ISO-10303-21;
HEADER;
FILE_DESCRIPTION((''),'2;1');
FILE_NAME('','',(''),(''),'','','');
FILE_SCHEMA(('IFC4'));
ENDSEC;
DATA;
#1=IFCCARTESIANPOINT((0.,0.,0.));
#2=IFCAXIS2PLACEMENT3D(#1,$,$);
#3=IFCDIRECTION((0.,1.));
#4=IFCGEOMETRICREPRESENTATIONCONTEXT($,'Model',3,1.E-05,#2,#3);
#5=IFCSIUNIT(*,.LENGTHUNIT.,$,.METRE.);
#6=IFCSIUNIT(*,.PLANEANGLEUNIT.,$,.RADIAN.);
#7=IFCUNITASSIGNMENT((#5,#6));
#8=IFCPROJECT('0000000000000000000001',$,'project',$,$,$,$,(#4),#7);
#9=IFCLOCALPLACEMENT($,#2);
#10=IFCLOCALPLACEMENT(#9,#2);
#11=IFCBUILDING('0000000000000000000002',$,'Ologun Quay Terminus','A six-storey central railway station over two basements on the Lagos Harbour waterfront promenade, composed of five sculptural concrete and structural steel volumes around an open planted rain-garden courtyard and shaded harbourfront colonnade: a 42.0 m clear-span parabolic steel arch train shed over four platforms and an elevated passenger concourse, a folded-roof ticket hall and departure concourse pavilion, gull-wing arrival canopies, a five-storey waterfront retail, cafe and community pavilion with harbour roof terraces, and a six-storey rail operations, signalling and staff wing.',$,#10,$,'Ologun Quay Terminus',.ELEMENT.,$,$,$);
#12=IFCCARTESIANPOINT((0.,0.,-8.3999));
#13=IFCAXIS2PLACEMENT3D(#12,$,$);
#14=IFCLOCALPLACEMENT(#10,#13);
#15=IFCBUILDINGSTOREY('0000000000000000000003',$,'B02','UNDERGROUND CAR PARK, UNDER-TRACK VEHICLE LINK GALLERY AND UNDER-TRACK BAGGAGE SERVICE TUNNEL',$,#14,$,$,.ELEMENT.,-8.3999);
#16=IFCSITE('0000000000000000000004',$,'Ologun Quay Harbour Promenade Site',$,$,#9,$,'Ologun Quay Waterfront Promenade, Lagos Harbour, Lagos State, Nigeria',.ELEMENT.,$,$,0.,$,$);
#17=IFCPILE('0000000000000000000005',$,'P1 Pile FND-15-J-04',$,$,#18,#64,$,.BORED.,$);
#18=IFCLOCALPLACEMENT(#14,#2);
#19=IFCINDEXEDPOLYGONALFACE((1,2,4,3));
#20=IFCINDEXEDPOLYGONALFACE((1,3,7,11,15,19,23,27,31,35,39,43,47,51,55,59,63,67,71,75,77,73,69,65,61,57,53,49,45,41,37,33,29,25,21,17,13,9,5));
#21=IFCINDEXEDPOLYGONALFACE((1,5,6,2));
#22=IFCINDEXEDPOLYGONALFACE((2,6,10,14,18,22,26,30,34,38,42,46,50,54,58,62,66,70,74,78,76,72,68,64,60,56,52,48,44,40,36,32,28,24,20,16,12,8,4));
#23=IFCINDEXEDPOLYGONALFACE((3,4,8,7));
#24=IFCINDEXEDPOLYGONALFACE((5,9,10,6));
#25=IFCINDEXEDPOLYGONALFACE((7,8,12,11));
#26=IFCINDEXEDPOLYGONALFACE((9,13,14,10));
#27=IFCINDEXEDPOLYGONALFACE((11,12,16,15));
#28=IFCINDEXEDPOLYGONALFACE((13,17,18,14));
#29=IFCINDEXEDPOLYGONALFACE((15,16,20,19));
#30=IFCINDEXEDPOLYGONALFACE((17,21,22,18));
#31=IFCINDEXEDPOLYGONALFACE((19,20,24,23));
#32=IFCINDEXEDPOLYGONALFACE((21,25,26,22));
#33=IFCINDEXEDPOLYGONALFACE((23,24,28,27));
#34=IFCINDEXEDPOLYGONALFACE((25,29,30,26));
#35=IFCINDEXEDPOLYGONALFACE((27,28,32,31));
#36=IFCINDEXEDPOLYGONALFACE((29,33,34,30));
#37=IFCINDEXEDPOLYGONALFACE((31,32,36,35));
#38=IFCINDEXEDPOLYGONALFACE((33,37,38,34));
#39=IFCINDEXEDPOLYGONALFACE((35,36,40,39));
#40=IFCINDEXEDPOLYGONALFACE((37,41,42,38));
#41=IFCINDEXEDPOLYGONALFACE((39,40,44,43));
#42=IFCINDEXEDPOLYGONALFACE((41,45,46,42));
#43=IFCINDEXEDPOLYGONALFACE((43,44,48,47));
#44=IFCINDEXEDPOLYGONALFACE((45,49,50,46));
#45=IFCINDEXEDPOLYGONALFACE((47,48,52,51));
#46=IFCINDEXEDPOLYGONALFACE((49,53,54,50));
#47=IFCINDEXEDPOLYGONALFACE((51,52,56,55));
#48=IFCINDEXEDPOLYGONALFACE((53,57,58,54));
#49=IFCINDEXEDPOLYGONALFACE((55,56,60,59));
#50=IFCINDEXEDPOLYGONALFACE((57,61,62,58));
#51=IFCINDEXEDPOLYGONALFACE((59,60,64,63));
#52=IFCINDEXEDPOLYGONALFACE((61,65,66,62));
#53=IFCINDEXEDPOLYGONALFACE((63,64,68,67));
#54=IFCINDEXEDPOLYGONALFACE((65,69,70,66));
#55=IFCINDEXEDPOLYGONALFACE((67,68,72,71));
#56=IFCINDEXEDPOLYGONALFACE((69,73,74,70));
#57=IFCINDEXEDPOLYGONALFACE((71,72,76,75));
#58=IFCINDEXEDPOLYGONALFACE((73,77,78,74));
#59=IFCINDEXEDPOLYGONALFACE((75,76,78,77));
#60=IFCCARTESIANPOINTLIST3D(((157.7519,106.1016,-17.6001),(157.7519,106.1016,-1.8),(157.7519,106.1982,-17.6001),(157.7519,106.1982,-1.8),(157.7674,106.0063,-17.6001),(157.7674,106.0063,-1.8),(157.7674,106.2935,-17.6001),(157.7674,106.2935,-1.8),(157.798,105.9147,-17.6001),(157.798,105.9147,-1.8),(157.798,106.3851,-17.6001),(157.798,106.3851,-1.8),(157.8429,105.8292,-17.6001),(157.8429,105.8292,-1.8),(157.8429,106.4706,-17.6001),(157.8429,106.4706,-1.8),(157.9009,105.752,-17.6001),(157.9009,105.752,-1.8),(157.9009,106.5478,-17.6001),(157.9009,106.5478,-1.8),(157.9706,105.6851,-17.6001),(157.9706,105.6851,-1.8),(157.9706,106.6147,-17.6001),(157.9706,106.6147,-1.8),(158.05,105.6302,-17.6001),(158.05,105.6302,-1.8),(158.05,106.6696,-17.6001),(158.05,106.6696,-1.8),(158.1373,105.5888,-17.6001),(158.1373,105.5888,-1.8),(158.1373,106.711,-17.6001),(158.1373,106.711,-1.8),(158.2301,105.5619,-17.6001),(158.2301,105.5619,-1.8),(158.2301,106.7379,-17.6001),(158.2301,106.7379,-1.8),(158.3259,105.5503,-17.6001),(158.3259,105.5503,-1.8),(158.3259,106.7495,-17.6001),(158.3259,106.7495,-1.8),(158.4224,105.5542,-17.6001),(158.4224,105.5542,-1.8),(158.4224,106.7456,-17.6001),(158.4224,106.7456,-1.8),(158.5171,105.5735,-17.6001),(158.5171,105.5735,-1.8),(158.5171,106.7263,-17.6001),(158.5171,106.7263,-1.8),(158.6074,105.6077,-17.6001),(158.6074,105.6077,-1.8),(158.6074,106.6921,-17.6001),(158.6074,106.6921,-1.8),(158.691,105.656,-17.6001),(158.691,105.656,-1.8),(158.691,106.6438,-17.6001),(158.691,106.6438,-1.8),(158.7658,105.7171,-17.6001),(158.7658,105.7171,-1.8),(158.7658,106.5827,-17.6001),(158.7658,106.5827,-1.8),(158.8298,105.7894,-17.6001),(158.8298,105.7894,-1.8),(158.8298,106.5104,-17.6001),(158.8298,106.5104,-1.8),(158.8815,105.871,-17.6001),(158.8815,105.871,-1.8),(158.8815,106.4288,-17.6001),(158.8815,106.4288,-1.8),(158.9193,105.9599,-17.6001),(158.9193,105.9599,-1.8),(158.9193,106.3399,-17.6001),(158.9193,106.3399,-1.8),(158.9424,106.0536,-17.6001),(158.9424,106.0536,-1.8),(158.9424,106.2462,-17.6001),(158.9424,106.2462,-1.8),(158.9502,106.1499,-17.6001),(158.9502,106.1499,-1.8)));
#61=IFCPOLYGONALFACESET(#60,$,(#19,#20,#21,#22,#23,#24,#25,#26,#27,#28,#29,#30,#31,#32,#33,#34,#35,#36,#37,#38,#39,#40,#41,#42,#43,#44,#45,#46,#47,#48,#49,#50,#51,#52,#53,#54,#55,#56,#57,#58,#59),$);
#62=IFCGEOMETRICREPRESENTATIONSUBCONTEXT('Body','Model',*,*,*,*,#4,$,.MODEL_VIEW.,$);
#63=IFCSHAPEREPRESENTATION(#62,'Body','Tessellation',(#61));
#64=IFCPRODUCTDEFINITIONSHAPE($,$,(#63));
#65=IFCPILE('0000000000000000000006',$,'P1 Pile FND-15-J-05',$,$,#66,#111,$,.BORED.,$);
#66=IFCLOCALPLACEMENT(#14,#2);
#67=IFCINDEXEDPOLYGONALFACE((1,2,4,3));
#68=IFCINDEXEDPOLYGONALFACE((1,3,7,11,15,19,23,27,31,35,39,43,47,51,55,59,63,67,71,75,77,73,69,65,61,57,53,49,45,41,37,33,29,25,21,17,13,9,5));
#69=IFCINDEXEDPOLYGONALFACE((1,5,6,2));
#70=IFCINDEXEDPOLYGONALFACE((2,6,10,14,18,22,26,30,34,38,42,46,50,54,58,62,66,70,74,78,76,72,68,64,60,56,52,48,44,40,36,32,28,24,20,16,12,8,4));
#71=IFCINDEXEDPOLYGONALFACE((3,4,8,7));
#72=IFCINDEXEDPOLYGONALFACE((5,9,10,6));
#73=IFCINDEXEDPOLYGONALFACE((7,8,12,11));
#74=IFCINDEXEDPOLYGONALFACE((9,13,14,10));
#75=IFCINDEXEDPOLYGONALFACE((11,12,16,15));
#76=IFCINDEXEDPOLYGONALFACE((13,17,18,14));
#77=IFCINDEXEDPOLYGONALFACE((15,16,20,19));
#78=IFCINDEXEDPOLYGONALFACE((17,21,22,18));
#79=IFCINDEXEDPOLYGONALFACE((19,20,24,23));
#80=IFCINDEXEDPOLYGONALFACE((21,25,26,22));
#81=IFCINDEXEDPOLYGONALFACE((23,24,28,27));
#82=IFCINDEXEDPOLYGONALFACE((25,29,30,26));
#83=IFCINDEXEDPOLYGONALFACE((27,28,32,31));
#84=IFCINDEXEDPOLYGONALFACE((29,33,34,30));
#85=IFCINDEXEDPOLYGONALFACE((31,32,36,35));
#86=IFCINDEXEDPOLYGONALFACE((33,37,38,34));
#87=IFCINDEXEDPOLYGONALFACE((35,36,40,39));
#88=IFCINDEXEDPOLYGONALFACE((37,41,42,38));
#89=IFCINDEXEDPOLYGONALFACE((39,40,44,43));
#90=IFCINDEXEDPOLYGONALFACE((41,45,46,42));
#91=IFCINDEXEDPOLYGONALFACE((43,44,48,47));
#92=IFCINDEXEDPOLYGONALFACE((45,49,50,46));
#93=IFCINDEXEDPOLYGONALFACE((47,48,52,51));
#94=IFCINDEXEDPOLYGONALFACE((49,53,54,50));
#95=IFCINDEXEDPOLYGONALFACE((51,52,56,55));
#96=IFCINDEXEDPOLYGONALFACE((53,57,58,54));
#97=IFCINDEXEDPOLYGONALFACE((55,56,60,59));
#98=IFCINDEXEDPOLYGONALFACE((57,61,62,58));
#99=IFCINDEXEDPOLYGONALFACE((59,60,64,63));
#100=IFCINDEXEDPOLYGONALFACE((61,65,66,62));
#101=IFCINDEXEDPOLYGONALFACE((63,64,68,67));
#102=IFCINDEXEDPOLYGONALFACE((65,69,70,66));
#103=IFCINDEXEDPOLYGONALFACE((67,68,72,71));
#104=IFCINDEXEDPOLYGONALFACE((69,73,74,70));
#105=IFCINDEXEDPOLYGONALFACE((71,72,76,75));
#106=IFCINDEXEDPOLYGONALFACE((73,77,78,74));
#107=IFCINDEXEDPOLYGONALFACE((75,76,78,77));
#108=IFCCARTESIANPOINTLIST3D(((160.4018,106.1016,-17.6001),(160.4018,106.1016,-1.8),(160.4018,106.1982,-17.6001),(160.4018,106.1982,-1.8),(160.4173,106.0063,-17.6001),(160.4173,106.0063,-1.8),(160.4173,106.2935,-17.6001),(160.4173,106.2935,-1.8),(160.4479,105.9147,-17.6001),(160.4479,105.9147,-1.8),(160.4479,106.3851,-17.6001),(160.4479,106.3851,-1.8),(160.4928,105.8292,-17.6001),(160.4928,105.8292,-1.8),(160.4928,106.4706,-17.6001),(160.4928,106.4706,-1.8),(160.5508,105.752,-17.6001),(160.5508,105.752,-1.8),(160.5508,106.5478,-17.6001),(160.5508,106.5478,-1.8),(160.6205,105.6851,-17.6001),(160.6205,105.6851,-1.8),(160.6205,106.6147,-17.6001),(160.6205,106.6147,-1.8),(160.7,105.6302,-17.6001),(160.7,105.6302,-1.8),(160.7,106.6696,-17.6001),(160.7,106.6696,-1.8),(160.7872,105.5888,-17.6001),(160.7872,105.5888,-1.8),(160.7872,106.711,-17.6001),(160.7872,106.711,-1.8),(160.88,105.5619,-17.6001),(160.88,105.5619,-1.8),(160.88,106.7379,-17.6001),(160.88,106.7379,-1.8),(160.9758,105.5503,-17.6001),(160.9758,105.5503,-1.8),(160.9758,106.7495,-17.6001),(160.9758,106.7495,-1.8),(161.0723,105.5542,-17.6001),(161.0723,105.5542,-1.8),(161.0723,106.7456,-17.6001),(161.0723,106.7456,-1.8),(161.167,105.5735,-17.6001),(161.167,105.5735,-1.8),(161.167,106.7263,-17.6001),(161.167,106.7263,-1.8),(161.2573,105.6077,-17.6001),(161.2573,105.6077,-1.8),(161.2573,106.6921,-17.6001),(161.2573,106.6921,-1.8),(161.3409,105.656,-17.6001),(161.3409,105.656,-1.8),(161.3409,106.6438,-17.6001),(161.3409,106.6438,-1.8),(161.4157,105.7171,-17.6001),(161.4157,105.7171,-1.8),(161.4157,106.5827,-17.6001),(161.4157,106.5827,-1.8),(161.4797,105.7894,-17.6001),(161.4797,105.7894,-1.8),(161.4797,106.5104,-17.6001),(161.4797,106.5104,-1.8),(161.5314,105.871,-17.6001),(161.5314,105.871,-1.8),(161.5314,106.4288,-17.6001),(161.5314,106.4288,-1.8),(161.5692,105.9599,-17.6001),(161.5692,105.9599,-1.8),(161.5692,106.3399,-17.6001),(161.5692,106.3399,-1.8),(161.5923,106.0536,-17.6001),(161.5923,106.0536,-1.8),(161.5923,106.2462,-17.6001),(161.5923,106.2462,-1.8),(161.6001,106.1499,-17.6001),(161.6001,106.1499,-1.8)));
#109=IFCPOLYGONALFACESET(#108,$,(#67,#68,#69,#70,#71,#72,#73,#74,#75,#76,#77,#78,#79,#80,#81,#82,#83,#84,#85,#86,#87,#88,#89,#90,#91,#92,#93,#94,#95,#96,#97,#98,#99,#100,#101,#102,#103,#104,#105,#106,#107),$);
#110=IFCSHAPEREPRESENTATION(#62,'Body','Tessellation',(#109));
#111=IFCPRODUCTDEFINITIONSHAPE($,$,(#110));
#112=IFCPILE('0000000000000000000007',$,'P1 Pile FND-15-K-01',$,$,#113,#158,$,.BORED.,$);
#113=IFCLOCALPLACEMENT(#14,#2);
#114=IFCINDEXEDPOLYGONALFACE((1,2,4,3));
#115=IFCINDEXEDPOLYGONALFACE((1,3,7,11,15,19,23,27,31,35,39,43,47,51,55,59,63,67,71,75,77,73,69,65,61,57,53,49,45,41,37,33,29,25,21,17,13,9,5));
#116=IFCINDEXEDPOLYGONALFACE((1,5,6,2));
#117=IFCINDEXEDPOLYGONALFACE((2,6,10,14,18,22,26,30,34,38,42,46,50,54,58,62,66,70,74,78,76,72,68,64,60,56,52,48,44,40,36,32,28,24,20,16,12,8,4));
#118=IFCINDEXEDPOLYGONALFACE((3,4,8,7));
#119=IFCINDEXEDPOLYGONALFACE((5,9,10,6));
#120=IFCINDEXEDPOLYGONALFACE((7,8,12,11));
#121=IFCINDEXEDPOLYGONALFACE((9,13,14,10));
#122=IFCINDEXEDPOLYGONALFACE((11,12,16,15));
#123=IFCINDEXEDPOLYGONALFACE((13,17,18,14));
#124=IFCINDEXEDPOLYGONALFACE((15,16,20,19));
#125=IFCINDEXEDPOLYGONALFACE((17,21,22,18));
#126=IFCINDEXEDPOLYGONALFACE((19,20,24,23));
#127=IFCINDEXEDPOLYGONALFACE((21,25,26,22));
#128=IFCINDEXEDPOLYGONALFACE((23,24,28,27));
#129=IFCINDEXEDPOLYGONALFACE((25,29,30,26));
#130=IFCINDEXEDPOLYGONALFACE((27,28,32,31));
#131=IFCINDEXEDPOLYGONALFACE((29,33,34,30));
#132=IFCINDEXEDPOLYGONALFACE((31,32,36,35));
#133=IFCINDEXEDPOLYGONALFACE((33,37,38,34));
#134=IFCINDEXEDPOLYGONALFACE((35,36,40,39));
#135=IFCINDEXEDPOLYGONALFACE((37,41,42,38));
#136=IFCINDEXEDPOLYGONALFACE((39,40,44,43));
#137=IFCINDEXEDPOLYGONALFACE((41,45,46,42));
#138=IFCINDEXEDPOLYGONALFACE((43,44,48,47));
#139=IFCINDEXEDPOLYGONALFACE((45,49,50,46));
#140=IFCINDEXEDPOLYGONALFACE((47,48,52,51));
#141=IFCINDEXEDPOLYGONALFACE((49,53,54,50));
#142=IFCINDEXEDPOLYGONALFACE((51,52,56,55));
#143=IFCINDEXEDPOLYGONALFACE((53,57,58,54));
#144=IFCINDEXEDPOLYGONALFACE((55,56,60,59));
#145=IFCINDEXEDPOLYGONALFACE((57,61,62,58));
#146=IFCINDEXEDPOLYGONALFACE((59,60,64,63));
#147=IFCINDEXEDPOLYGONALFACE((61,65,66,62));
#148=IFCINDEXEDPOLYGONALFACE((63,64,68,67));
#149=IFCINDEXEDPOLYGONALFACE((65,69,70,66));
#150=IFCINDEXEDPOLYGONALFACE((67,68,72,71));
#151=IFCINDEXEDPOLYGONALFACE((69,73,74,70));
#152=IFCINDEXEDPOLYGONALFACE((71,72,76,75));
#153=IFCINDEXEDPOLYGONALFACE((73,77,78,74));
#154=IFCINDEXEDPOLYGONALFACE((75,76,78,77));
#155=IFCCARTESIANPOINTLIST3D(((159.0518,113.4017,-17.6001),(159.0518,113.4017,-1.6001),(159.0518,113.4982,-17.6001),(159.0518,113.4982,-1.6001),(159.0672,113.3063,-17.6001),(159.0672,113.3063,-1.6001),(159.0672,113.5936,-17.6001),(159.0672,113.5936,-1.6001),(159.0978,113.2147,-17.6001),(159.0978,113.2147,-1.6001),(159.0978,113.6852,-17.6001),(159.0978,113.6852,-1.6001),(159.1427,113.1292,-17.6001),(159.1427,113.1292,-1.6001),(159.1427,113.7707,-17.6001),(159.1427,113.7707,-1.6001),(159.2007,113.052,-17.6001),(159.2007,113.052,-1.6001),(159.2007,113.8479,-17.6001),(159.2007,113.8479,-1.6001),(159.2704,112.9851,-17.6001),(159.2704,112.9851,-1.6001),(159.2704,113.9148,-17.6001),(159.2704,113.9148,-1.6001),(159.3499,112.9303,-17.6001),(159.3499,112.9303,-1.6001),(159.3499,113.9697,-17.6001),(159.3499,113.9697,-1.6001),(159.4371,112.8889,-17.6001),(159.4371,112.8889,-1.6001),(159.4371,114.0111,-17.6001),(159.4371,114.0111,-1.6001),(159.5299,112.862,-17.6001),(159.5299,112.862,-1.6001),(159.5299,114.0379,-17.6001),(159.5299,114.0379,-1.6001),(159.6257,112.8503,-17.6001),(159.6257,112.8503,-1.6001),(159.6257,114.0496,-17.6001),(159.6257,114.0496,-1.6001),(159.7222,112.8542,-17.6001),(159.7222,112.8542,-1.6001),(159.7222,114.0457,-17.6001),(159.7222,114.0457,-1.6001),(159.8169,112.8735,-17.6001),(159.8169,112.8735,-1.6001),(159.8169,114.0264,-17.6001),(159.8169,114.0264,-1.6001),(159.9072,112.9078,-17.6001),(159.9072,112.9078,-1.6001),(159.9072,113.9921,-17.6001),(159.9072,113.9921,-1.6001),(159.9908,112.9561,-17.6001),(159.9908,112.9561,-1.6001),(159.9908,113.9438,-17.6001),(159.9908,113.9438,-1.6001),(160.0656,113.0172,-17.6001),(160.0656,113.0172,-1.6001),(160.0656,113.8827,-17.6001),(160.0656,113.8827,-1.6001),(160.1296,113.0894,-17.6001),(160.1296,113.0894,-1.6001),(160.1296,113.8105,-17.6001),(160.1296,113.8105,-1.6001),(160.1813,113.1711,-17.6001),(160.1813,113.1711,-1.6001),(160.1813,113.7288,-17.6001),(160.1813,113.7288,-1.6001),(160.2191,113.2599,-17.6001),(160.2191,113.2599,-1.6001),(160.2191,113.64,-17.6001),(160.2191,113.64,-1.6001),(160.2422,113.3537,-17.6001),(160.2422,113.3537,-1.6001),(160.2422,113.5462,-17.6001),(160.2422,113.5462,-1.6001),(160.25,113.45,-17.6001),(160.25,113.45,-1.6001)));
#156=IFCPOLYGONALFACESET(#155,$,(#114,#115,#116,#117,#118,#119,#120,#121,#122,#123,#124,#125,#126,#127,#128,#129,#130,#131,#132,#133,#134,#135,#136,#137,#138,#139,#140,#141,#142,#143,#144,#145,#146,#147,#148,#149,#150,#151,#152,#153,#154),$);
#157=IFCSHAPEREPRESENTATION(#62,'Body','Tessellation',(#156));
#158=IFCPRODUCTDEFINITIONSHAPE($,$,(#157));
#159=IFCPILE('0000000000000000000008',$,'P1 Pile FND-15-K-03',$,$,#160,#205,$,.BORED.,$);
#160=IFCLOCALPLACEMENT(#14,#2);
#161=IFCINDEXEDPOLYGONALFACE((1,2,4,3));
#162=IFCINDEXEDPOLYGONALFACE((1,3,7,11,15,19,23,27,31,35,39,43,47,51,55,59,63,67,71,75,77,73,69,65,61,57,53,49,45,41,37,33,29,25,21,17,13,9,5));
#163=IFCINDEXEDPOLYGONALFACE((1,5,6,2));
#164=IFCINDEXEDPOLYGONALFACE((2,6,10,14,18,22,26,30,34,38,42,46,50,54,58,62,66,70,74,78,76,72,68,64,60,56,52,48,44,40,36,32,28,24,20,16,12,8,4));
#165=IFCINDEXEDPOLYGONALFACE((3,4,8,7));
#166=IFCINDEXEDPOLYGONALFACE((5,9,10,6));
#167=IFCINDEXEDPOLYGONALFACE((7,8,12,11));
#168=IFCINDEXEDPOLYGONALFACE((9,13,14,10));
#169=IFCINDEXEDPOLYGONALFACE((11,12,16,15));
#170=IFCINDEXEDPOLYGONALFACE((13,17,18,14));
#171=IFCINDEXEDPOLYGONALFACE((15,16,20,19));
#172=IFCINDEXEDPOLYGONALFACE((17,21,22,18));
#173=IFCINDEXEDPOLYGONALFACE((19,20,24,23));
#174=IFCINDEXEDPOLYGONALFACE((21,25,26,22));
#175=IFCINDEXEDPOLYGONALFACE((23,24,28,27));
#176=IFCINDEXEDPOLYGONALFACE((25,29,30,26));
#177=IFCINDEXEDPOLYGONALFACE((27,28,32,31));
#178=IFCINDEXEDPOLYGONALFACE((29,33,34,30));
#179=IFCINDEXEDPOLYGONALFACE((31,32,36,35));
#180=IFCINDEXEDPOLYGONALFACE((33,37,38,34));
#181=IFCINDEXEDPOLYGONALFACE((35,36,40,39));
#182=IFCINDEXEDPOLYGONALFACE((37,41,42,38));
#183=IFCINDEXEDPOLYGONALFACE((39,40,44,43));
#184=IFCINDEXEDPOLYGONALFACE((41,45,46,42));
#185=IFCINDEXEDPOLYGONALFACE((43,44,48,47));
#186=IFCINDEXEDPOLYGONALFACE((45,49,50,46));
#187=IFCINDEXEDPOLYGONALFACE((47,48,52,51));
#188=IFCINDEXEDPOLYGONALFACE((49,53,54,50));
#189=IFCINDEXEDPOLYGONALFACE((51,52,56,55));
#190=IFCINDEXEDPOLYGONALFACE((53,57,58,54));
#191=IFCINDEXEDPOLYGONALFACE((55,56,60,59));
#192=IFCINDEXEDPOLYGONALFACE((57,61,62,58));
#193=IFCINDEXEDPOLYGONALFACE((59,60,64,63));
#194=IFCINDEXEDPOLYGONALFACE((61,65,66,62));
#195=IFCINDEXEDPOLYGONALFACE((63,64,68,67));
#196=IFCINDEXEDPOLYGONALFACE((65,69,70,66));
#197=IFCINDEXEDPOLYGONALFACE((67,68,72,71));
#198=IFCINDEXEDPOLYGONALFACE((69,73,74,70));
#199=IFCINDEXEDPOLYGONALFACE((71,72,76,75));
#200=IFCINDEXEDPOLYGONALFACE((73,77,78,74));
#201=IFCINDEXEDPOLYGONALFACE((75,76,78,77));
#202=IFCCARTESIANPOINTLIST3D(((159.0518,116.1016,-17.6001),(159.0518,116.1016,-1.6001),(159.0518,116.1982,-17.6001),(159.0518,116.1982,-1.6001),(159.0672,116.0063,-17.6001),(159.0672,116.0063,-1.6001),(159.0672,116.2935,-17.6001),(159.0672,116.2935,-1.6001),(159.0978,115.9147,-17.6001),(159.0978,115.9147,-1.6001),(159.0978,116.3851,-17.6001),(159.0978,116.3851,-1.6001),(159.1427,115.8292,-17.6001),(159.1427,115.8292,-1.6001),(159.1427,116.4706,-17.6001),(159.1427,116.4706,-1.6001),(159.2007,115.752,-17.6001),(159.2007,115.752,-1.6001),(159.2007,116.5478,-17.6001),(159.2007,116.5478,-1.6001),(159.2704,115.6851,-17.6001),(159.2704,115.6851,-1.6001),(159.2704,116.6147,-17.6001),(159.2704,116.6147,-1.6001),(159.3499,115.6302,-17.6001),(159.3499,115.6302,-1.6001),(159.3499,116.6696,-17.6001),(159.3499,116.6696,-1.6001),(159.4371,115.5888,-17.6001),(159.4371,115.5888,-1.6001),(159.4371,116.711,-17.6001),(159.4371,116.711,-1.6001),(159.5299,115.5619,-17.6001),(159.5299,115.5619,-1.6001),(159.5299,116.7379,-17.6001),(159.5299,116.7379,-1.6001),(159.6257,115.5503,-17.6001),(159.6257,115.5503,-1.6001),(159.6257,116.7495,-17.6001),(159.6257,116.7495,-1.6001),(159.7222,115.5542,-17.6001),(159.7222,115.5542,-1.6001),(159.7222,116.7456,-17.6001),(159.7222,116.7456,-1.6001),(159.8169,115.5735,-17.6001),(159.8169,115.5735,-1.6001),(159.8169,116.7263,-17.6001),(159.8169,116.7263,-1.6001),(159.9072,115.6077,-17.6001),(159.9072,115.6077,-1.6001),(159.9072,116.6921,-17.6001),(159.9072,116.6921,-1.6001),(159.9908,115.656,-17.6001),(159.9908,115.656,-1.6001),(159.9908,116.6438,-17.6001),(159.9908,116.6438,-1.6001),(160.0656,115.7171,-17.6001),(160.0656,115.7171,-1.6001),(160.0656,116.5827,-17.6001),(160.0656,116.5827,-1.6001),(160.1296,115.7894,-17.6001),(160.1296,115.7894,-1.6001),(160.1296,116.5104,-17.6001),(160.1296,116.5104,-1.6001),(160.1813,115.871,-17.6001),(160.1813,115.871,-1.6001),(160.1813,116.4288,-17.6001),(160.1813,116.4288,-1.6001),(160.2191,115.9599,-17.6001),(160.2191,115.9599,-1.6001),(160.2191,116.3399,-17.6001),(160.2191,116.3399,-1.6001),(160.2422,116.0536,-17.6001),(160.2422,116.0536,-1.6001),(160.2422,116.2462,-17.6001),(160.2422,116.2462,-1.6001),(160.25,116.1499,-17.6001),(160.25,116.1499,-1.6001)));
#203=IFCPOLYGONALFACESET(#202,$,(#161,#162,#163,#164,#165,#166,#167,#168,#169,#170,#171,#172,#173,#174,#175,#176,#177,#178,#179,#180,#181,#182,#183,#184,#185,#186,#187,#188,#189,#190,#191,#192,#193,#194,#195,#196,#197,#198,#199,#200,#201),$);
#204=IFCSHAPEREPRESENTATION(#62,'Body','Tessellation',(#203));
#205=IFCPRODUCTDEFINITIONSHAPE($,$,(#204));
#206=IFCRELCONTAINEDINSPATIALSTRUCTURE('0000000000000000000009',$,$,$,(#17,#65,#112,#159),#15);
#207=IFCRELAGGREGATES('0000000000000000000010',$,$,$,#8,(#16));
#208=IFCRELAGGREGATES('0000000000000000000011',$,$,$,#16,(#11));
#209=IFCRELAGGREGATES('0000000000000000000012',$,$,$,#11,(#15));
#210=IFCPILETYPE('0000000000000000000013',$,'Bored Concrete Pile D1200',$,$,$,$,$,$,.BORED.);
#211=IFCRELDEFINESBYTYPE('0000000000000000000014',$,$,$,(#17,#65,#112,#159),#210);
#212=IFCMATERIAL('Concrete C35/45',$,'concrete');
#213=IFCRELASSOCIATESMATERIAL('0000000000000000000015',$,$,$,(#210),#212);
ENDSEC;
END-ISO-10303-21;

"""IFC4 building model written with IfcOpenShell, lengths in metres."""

from ifc_helpers import new_model, si_unit, direction, frame, origin, origin_2d, place, context, subcontext, project, spatial, circle, extrude, material, material_profile, profile_set, type_object, element, save


model = new_model("IFC4")

# Units and contexts
model_context = context("Model", 3, precision=1e-05, world=origin(), true_north=direction((0.0, 1.0)))
body_context = subcontext(model_context, "Body", "Model", "MODEL_VIEW")
ifc_project = project(units=[si_unit("LENGTHUNIT", "METRE"), si_unit("PLANEANGLEUNIT", "RADIAN")], contexts=[model_context])

# Site, building, storey
site_placement = place(None, origin())
site = spatial("IfcSite", under=ifc_project, at=site_placement, Name="Ologun Quay Harbour Promenade Site", LongName="Ologun Quay Waterfront Promenade, Lagos Harbour, Lagos State, Nigeria", CompositionType="ELEMENT", RefElevation=0.0)
building_placement = place(site_placement, origin())
building = spatial("IfcBuilding", under=site, at=building_placement, Name="Ologun Quay Terminus", Description="A six-storey central railway station over two basements on the Lagos Harbour waterfront promenade, composed of five sculptural concrete and structural steel volumes around an open planted rain-garden courtyard and shaded harbourfront colonnade: a 42.0 m clear-span parabolic steel arch train shed over four platforms and an elevated passenger concourse, a folded-roof ticket hall and departure concourse pavilion, gull-wing arrival canopies, a five-storey waterfront retail, cafe and community pavilion with harbour roof terraces, and a six-storey rail operations, signalling and staff wing.", LongName="Ologun Quay Terminus", CompositionType="ELEMENT")
storey_placement = place(building_placement, frame((0.0, 0.0, -8.3999)))
storey = spatial("IfcBuildingStorey", under=building, at=storey_placement, Name="B02", Description="UNDERGROUND CAR PARK, UNDER-TRACK VEHICLE LINK GALLERY AND UNDER-TRACK BAGGAGE SERVICE TUNNEL", CompositionType="ELEMENT", Elevation=-8.3999)

# Piles
ifc_material_1 = material(Name="Concrete C35/45", Category="concrete")
ifc_material_profile_1 = material_profile(ifc_material_1, circle(Radius=0.6001, at=origin_2d()), Name="PILE D1200")
ifc_profile_set_1 = profile_set([ifc_material_profile_1], Name="Concrete C35/45")
pile_type_1 = type_object("IfcPileType", Name="Bored Concrete Pile D1200", PredefinedType="BORED", material=ifc_profile_set_1)
for number, where, z_axis, x_axis, name in (
    (1, (158.3501, 106.1499, -1.8), (0.0, 0.0, -1.0), (1.0, 0.0, 0.0), "P1 Pile FND-15-J-04"),
    (2, (161.0, 106.1499, -1.8), (0.0, 0.0, -1.0), (1.0, 0.0, 0.0), "P1 Pile FND-15-J-05"),
):
    element("IfcPile", number, at=place(storey_placement, frame(where, z_axis=z_axis, x_axis=x_axis)), inside=storey, type_object=pile_type_1, Name=name, PredefinedType="BORED", context=body_context, shape_type="SweptSolid", body=[
        extrude(circle(Radius=0.6001, at=origin_2d()), origin(), (0.0, 0.0, 1.0), 15.8),
    ])
for number, where, z_axis, x_axis, name in (
    (3, (159.6499, 113.45, -1.6001), (0.0, 0.0, -1.0), (1.0, 0.0, 0.0), "P1 Pile FND-15-K-01"),
    (4, (159.6499, 116.1499, -1.6001), (0.0, 0.0, -1.0), (1.0, 0.0, 0.0), "P1 Pile FND-15-K-03"),
):
    element("IfcPile", number, at=place(storey_placement, frame(where, z_axis=z_axis, x_axis=x_axis)), inside=storey, type_object=pile_type_1, Name=name, PredefinedType="BORED", context=body_context, shape_type="SweptSolid", body=[
        extrude(circle(Radius=0.6001, at=origin_2d()), origin(), (0.0, 0.0, 1.0), 16.0),
    ])

save(model, "model.ifc")
